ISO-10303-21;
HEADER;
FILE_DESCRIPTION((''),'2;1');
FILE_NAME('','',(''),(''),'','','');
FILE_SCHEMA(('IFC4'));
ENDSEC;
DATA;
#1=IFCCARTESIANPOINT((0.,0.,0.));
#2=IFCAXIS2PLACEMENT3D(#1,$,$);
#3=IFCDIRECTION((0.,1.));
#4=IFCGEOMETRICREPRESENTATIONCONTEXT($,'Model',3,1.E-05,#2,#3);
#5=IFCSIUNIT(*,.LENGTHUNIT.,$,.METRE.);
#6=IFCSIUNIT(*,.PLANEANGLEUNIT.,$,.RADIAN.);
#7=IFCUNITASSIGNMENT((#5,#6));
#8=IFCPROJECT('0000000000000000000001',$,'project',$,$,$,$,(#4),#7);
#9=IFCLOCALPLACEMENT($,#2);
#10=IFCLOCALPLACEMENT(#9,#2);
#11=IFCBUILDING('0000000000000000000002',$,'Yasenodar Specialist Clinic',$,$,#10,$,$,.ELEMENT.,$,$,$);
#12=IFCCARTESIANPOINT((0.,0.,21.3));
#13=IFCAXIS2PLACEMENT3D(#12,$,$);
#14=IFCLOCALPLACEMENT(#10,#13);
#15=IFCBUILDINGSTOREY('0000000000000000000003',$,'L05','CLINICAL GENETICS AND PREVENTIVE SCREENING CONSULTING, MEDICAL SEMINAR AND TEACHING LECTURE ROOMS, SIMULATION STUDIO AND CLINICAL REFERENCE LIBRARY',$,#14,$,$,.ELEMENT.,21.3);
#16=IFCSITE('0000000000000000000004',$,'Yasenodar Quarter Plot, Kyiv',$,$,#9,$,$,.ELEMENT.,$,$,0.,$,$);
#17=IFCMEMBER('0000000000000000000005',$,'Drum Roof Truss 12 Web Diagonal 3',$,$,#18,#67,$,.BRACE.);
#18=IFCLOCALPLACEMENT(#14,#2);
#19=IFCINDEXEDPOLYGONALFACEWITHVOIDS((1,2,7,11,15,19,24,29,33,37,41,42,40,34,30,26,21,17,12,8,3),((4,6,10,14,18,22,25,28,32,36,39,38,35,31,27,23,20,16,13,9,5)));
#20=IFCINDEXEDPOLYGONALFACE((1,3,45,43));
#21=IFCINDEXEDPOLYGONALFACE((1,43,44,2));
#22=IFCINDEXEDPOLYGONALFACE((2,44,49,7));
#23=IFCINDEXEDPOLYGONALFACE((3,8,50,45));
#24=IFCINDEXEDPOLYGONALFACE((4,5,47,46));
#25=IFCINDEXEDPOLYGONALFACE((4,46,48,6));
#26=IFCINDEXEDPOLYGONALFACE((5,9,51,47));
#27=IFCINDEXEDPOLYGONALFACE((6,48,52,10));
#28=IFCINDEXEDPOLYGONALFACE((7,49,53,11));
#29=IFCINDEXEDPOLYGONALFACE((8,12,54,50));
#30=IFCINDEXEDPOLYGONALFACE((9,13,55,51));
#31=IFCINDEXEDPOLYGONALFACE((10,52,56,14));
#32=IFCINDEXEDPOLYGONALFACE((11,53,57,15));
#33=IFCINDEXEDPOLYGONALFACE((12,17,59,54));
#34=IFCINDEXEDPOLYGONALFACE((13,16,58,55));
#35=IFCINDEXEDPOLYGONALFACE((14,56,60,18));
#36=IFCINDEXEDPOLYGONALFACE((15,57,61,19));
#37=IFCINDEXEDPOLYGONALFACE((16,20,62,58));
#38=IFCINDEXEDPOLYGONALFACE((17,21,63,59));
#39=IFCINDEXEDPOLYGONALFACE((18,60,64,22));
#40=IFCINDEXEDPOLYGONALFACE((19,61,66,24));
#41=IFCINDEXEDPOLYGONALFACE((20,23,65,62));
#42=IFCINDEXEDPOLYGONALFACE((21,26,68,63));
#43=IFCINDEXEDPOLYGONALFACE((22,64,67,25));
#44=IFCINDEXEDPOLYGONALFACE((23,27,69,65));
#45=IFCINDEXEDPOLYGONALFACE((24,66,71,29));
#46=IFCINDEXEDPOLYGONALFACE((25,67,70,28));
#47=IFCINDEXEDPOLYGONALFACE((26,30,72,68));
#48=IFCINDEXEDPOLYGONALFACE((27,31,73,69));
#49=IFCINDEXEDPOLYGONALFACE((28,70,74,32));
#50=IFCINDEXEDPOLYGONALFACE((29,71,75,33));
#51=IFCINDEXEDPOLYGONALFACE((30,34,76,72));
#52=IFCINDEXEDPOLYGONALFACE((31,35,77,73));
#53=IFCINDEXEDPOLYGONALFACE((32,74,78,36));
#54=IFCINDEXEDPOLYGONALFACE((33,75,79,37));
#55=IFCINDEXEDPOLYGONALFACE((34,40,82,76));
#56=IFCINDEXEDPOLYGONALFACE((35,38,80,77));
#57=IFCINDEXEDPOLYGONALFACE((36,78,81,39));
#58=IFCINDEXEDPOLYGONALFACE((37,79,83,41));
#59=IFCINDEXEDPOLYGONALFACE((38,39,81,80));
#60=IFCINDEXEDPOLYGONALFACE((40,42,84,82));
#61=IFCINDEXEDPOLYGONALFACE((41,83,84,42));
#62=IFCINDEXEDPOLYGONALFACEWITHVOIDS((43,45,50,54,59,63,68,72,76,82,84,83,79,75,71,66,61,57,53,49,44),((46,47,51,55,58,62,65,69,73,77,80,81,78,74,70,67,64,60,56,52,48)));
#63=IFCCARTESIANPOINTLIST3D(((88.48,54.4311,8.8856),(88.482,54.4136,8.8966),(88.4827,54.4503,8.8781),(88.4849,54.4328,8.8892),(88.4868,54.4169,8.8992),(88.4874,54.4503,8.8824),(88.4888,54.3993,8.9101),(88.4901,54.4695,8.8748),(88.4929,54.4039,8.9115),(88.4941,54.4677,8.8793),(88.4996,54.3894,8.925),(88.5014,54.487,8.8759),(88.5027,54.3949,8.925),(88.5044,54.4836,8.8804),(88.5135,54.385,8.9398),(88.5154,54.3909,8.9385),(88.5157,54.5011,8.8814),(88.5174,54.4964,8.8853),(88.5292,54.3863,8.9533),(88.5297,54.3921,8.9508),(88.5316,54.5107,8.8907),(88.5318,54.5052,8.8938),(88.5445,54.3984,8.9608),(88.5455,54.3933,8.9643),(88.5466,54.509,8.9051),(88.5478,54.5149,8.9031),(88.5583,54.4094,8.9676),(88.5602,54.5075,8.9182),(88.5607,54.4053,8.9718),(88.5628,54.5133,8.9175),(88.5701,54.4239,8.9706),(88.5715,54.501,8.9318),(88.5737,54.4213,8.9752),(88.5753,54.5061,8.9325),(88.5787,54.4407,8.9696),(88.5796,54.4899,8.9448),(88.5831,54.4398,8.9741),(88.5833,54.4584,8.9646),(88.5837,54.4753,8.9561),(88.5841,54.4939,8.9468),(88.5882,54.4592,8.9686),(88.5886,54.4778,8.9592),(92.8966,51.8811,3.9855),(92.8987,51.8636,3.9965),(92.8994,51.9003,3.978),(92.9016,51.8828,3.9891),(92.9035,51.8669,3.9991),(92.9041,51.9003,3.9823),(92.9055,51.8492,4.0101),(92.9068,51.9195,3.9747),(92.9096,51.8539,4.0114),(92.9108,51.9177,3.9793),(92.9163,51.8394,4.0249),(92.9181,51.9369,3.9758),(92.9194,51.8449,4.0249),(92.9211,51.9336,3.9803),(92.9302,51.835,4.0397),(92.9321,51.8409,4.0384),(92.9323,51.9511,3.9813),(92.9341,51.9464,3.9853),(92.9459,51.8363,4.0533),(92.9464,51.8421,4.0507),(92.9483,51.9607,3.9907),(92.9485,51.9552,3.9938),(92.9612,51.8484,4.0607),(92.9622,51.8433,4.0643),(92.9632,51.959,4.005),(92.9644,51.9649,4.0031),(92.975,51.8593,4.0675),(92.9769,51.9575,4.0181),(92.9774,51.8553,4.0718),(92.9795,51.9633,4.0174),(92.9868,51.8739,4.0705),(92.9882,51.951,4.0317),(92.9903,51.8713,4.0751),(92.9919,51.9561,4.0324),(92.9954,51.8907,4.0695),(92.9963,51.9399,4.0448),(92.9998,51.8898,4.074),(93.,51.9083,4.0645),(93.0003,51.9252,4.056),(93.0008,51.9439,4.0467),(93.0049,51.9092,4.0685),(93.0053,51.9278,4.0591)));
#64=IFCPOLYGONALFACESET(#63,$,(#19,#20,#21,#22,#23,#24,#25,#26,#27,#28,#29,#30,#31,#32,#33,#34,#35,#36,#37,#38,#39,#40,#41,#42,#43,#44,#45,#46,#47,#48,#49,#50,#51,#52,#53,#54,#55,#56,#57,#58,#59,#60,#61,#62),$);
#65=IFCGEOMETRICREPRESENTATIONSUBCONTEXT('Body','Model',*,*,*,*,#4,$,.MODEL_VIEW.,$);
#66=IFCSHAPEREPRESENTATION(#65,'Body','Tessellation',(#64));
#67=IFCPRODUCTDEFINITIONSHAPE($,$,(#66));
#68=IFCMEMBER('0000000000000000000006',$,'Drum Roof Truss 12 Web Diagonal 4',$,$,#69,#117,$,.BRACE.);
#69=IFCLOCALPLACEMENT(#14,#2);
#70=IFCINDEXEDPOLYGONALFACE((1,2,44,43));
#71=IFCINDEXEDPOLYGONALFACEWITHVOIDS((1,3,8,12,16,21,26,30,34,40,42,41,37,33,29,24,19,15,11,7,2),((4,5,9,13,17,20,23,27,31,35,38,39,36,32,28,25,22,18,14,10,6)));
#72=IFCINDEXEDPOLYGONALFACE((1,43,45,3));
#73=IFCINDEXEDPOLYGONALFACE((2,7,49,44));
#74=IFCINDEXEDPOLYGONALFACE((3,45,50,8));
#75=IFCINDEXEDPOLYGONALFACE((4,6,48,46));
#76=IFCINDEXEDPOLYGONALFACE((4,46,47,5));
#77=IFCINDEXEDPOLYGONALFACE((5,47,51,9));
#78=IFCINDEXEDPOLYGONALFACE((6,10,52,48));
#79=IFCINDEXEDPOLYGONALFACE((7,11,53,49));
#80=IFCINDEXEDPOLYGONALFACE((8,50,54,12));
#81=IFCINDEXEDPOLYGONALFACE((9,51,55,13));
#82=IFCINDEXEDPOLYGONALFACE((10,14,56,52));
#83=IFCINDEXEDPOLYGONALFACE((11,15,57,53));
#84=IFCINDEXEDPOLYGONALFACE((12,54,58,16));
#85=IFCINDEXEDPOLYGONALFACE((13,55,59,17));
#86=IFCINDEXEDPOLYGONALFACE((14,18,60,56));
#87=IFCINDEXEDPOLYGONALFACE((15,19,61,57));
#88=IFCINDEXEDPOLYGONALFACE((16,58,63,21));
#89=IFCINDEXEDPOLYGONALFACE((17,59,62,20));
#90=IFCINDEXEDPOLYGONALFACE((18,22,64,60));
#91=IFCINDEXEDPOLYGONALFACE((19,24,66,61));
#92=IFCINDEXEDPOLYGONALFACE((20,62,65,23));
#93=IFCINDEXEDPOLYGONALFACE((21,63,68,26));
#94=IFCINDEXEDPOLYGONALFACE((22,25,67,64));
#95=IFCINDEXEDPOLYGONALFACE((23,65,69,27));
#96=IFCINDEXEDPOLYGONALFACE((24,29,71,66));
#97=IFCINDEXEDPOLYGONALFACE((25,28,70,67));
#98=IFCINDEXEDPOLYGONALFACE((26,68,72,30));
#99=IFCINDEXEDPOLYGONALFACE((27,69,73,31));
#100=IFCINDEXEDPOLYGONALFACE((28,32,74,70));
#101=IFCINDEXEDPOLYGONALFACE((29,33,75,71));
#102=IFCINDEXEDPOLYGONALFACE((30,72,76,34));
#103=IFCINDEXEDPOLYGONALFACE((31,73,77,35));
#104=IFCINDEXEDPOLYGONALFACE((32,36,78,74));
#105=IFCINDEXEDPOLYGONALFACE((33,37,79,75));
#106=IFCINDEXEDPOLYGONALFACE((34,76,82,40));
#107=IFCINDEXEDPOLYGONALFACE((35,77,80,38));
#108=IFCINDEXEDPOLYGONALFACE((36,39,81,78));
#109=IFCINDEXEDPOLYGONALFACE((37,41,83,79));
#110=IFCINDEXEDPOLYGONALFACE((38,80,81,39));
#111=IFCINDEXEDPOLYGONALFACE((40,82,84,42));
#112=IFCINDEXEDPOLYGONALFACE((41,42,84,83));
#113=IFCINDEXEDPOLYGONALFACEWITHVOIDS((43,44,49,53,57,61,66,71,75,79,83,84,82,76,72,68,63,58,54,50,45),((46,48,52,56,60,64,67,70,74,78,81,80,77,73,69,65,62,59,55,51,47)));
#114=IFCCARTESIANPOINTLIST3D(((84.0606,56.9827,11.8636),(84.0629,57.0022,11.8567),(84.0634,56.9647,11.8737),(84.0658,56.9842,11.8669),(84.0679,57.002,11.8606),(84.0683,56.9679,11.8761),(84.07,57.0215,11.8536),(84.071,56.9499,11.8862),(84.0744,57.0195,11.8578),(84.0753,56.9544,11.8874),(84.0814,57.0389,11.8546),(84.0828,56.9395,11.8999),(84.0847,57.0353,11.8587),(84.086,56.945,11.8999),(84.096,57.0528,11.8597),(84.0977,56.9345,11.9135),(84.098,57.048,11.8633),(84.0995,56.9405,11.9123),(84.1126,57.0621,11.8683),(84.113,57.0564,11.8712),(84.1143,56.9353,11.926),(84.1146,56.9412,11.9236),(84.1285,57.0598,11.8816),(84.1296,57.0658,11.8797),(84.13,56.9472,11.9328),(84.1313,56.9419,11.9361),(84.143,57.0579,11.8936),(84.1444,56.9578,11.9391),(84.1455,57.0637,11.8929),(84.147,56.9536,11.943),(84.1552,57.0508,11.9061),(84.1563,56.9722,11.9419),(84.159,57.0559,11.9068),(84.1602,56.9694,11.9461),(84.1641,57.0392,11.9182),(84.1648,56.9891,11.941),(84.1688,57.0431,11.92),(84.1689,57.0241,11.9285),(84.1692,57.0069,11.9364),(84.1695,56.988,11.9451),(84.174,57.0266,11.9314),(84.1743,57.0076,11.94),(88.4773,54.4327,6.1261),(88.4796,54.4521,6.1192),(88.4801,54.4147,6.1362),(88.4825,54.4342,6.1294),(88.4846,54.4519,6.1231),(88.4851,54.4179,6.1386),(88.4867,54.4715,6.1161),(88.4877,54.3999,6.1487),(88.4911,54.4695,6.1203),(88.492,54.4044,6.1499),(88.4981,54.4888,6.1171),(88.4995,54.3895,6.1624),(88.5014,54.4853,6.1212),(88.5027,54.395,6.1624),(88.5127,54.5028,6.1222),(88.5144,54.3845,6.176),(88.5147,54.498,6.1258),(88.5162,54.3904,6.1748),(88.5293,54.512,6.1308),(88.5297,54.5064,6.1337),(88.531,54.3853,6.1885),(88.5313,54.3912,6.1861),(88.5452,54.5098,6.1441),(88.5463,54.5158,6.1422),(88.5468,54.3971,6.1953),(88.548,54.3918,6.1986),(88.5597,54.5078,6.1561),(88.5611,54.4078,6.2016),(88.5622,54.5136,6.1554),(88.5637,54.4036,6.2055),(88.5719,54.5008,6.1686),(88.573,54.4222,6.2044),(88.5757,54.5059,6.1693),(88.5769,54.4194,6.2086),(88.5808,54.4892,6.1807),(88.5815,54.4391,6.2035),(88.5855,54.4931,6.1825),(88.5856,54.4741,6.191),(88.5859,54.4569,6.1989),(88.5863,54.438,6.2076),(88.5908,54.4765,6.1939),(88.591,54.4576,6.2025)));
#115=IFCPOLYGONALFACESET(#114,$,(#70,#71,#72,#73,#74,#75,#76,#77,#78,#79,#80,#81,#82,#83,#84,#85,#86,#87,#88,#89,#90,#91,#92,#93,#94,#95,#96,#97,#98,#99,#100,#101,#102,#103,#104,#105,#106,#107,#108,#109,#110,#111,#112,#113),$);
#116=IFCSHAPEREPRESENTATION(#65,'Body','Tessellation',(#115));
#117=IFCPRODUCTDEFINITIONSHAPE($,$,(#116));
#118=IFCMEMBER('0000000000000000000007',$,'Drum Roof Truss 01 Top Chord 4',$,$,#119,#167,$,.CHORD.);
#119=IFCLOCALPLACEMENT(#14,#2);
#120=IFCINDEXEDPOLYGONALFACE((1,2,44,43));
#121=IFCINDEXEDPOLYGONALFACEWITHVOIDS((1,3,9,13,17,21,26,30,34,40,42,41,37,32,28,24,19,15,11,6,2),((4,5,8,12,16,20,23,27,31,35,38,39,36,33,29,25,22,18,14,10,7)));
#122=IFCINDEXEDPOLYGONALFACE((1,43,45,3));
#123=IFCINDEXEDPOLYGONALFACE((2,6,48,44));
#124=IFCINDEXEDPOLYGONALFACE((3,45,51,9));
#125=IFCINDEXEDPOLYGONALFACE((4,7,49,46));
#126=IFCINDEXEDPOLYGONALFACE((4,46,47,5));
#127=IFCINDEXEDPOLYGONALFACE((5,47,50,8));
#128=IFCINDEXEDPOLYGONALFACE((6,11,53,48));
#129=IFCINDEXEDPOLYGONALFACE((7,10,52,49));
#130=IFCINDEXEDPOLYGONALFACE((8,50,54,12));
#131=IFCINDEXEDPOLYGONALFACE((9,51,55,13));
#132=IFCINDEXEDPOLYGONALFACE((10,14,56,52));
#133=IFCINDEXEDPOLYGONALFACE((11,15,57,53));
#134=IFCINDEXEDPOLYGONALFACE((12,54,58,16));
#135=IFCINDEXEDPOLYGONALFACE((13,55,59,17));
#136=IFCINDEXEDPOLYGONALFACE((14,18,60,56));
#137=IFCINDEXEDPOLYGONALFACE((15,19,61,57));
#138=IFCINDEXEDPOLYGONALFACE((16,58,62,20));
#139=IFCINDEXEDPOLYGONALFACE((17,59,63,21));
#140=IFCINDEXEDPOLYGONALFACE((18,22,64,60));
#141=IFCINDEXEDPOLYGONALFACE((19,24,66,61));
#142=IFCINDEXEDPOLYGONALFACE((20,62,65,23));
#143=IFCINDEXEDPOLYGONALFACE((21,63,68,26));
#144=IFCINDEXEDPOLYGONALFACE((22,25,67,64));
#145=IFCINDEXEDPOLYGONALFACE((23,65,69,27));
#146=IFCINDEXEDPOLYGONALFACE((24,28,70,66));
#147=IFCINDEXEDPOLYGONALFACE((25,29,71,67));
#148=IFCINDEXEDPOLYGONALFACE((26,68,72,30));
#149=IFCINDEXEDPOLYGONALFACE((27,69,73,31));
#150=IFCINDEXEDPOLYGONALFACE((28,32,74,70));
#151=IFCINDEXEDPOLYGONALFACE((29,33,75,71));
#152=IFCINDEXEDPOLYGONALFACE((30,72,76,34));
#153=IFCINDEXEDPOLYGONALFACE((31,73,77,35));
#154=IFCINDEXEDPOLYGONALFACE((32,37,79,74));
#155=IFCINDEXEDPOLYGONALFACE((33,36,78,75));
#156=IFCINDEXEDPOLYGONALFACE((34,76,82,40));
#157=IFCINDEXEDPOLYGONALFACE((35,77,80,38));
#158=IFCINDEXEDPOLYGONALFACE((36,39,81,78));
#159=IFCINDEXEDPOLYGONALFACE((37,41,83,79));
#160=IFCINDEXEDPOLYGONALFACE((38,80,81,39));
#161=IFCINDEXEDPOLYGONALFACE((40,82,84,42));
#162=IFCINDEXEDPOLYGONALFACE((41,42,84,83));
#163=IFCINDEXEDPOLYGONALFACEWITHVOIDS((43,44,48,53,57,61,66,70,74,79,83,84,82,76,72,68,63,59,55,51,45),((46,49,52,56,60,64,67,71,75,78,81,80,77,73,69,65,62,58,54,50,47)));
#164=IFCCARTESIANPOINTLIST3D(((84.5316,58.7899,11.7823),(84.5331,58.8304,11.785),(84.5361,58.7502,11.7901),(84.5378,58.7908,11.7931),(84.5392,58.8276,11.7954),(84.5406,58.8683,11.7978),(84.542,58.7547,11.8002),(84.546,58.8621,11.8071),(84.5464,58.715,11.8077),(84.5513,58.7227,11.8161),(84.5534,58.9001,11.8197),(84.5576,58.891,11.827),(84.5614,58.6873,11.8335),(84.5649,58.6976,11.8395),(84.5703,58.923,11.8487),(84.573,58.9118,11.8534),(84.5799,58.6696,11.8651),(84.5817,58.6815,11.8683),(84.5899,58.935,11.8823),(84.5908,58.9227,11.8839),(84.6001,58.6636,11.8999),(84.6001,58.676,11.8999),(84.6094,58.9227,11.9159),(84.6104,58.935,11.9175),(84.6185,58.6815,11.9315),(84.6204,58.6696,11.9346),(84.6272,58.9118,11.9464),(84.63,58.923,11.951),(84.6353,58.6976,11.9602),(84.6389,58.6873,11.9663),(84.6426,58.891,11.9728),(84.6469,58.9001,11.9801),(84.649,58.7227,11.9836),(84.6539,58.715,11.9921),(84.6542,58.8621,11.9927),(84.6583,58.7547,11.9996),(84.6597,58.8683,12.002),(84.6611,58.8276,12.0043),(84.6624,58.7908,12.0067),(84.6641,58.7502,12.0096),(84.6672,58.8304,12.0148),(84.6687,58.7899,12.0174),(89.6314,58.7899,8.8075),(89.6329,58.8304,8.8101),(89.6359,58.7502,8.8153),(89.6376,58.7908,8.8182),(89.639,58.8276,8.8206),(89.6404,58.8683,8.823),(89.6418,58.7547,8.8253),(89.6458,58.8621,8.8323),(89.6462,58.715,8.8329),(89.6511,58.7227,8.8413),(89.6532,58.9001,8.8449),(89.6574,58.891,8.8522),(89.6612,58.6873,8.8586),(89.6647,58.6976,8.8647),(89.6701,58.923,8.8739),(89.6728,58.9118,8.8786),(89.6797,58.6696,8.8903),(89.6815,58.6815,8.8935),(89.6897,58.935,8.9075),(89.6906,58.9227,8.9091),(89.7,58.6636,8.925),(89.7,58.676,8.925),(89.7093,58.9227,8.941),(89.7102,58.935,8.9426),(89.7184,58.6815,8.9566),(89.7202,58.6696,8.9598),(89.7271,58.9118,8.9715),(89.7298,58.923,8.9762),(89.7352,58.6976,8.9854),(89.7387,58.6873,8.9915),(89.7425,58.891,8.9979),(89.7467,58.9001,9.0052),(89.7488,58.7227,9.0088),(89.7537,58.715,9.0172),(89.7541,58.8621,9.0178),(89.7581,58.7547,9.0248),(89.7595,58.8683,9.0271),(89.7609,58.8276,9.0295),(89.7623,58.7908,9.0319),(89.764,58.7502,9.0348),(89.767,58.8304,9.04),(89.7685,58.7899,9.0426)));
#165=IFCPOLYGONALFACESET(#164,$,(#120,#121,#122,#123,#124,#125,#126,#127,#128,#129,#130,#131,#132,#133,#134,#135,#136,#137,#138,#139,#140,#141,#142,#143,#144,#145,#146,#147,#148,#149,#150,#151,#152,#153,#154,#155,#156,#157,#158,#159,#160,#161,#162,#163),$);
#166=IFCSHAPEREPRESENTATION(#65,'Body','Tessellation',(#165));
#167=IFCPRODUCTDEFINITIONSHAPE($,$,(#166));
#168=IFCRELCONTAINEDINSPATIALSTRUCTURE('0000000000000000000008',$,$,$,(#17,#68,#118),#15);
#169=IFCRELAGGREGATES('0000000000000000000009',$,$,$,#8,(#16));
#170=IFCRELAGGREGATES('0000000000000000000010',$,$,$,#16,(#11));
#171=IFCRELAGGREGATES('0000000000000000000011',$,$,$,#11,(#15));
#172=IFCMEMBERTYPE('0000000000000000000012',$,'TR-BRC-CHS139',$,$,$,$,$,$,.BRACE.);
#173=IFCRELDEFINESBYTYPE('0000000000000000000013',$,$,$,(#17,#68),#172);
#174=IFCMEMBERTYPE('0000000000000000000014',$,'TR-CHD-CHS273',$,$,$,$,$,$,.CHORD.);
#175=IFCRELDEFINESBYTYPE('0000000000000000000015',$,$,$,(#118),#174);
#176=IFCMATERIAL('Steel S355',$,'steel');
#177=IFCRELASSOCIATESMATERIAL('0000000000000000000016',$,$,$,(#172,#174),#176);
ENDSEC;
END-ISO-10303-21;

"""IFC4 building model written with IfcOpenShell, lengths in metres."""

from ifc_helpers import new_model, si_unit, direction, frame, origin, origin_2d, place, context, subcontext, project, spatial, hollow_circle, extrude, material, material_profile, profile_set, type_object, element, save


model = new_model("IFC4")

# Units and contexts
model_context = context("Model", 3, precision=1e-05, world=origin(), true_north=direction((0.0, 1.0)))
body_context = subcontext(model_context, "Body", "Model", "MODEL_VIEW")
ifc_project = project(units=[si_unit("LENGTHUNIT", "METRE"), si_unit("PLANEANGLEUNIT", "RADIAN")], contexts=[model_context])

# Site, building, storey
site_placement = place(None, origin())
site = spatial("IfcSite", under=ifc_project, at=site_placement, Name="Yasenodar Quarter Plot, Kyiv", CompositionType="ELEMENT", RefElevation=0.0)
building_placement = place(site_placement, origin())
building = spatial("IfcBuilding", under=site, at=building_placement, Name="Yasenodar Specialist Clinic", CompositionType="ELEMENT")
storey_placement = place(building_placement, frame((0.0, 0.0, 21.3)))
storey = spatial("IfcBuildingStorey", under=building, at=storey_placement, Name="L05", Description="CLINICAL GENETICS AND PREVENTIVE SCREENING CONSULTING, MEDICAL SEMINAR AND TEACHING LECTURE ROOMS, SIMULATION STUDIO AND CLINICAL REFERENCE LIBRARY", CompositionType="ELEMENT", Elevation=21.3)

# Shared definitions
ifc_material = material(Name="Steel S355", Category="steel")

# Members
ifc_material_profile_1 = material_profile(ifc_material, hollow_circle(Radius=0.0698, WallThickness=0.0063, at=origin_2d()), Name="CHS 139.7x6.3")
ifc_profile_set_1 = profile_set([ifc_material_profile_1], Name="Steel S355")
member_type_1 = type_object("IfcMemberType", Name="TR-BRC-CHS139", PredefinedType="BRACE", material=ifc_profile_set_1)
member_1_placement = place(storey_placement, frame((92.9512, 51.8999, 4.0249), z_axis=(-0.624486, 0.360553, 0.692834), x_axis=(-0.500006, -0.866022, 0.0)))
element("IfcMember", 1, at=member_1_placement, inside=storey, type_object=member_type_1, Name="Drum Roof Truss 12 Web Diagonal 3", PredefinedType="BRACE", context=body_context, shape_type="SweptSolid", body=[
    extrude(hollow_circle(Radius=0.0698, WallThickness=0.0063, at=origin_2d()), origin(), (0.0, 0.0, 1.0), 7.0725),
])
member_2_placement = place(storey_placement, frame((88.5344, 54.45, 6.1624), z_axis=(-0.575354, 0.332186, 0.74741), x_axis=(-0.500006, -0.866022, 0.0)))
element("IfcMember", 2, at=member_2_placement, inside=storey, type_object=member_type_1, Name="Drum Roof Truss 12 Web Diagonal 4", PredefinedType="BRACE", context=body_context, shape_type="SweptSolid", body=[
    extrude(hollow_circle(Radius=0.0698, WallThickness=0.0063, at=origin_2d()), origin(), (0.0, 0.0, 1.0), 7.6765),
])
ifc_material_profile_2 = material_profile(ifc_material, hollow_circle(Radius=0.1365, WallThickness=0.0125, at=origin_2d()), Name="CHS 273x12.5")
ifc_profile_set_2 = profile_set([ifc_material_profile_2], Name="Steel S355")
member_type_2 = type_object("IfcMemberType", Name="TR-CHD-CHS273", PredefinedType="CHORD", material=ifc_profile_set_2)
member_3_placement = place(storey_placement, frame((89.7, 58.8, 8.925), z_axis=(-0.863783, 0.0, 0.503863), x_axis=(0.0, -1.0, 0.0)))
element("IfcMember", 3, at=member_3_placement, inside=storey, type_object=member_type_2, Name="Drum Roof Truss 01 Top Chord 4", PredefinedType="CHORD", context=body_context, shape_type="SweptSolid", body=[
    extrude(hollow_circle(Radius=0.1365, WallThickness=0.0125, at=origin_2d()), origin(), (0.0, 0.0, 1.0), 5.9041),
])

save(model, "model.ifc")
